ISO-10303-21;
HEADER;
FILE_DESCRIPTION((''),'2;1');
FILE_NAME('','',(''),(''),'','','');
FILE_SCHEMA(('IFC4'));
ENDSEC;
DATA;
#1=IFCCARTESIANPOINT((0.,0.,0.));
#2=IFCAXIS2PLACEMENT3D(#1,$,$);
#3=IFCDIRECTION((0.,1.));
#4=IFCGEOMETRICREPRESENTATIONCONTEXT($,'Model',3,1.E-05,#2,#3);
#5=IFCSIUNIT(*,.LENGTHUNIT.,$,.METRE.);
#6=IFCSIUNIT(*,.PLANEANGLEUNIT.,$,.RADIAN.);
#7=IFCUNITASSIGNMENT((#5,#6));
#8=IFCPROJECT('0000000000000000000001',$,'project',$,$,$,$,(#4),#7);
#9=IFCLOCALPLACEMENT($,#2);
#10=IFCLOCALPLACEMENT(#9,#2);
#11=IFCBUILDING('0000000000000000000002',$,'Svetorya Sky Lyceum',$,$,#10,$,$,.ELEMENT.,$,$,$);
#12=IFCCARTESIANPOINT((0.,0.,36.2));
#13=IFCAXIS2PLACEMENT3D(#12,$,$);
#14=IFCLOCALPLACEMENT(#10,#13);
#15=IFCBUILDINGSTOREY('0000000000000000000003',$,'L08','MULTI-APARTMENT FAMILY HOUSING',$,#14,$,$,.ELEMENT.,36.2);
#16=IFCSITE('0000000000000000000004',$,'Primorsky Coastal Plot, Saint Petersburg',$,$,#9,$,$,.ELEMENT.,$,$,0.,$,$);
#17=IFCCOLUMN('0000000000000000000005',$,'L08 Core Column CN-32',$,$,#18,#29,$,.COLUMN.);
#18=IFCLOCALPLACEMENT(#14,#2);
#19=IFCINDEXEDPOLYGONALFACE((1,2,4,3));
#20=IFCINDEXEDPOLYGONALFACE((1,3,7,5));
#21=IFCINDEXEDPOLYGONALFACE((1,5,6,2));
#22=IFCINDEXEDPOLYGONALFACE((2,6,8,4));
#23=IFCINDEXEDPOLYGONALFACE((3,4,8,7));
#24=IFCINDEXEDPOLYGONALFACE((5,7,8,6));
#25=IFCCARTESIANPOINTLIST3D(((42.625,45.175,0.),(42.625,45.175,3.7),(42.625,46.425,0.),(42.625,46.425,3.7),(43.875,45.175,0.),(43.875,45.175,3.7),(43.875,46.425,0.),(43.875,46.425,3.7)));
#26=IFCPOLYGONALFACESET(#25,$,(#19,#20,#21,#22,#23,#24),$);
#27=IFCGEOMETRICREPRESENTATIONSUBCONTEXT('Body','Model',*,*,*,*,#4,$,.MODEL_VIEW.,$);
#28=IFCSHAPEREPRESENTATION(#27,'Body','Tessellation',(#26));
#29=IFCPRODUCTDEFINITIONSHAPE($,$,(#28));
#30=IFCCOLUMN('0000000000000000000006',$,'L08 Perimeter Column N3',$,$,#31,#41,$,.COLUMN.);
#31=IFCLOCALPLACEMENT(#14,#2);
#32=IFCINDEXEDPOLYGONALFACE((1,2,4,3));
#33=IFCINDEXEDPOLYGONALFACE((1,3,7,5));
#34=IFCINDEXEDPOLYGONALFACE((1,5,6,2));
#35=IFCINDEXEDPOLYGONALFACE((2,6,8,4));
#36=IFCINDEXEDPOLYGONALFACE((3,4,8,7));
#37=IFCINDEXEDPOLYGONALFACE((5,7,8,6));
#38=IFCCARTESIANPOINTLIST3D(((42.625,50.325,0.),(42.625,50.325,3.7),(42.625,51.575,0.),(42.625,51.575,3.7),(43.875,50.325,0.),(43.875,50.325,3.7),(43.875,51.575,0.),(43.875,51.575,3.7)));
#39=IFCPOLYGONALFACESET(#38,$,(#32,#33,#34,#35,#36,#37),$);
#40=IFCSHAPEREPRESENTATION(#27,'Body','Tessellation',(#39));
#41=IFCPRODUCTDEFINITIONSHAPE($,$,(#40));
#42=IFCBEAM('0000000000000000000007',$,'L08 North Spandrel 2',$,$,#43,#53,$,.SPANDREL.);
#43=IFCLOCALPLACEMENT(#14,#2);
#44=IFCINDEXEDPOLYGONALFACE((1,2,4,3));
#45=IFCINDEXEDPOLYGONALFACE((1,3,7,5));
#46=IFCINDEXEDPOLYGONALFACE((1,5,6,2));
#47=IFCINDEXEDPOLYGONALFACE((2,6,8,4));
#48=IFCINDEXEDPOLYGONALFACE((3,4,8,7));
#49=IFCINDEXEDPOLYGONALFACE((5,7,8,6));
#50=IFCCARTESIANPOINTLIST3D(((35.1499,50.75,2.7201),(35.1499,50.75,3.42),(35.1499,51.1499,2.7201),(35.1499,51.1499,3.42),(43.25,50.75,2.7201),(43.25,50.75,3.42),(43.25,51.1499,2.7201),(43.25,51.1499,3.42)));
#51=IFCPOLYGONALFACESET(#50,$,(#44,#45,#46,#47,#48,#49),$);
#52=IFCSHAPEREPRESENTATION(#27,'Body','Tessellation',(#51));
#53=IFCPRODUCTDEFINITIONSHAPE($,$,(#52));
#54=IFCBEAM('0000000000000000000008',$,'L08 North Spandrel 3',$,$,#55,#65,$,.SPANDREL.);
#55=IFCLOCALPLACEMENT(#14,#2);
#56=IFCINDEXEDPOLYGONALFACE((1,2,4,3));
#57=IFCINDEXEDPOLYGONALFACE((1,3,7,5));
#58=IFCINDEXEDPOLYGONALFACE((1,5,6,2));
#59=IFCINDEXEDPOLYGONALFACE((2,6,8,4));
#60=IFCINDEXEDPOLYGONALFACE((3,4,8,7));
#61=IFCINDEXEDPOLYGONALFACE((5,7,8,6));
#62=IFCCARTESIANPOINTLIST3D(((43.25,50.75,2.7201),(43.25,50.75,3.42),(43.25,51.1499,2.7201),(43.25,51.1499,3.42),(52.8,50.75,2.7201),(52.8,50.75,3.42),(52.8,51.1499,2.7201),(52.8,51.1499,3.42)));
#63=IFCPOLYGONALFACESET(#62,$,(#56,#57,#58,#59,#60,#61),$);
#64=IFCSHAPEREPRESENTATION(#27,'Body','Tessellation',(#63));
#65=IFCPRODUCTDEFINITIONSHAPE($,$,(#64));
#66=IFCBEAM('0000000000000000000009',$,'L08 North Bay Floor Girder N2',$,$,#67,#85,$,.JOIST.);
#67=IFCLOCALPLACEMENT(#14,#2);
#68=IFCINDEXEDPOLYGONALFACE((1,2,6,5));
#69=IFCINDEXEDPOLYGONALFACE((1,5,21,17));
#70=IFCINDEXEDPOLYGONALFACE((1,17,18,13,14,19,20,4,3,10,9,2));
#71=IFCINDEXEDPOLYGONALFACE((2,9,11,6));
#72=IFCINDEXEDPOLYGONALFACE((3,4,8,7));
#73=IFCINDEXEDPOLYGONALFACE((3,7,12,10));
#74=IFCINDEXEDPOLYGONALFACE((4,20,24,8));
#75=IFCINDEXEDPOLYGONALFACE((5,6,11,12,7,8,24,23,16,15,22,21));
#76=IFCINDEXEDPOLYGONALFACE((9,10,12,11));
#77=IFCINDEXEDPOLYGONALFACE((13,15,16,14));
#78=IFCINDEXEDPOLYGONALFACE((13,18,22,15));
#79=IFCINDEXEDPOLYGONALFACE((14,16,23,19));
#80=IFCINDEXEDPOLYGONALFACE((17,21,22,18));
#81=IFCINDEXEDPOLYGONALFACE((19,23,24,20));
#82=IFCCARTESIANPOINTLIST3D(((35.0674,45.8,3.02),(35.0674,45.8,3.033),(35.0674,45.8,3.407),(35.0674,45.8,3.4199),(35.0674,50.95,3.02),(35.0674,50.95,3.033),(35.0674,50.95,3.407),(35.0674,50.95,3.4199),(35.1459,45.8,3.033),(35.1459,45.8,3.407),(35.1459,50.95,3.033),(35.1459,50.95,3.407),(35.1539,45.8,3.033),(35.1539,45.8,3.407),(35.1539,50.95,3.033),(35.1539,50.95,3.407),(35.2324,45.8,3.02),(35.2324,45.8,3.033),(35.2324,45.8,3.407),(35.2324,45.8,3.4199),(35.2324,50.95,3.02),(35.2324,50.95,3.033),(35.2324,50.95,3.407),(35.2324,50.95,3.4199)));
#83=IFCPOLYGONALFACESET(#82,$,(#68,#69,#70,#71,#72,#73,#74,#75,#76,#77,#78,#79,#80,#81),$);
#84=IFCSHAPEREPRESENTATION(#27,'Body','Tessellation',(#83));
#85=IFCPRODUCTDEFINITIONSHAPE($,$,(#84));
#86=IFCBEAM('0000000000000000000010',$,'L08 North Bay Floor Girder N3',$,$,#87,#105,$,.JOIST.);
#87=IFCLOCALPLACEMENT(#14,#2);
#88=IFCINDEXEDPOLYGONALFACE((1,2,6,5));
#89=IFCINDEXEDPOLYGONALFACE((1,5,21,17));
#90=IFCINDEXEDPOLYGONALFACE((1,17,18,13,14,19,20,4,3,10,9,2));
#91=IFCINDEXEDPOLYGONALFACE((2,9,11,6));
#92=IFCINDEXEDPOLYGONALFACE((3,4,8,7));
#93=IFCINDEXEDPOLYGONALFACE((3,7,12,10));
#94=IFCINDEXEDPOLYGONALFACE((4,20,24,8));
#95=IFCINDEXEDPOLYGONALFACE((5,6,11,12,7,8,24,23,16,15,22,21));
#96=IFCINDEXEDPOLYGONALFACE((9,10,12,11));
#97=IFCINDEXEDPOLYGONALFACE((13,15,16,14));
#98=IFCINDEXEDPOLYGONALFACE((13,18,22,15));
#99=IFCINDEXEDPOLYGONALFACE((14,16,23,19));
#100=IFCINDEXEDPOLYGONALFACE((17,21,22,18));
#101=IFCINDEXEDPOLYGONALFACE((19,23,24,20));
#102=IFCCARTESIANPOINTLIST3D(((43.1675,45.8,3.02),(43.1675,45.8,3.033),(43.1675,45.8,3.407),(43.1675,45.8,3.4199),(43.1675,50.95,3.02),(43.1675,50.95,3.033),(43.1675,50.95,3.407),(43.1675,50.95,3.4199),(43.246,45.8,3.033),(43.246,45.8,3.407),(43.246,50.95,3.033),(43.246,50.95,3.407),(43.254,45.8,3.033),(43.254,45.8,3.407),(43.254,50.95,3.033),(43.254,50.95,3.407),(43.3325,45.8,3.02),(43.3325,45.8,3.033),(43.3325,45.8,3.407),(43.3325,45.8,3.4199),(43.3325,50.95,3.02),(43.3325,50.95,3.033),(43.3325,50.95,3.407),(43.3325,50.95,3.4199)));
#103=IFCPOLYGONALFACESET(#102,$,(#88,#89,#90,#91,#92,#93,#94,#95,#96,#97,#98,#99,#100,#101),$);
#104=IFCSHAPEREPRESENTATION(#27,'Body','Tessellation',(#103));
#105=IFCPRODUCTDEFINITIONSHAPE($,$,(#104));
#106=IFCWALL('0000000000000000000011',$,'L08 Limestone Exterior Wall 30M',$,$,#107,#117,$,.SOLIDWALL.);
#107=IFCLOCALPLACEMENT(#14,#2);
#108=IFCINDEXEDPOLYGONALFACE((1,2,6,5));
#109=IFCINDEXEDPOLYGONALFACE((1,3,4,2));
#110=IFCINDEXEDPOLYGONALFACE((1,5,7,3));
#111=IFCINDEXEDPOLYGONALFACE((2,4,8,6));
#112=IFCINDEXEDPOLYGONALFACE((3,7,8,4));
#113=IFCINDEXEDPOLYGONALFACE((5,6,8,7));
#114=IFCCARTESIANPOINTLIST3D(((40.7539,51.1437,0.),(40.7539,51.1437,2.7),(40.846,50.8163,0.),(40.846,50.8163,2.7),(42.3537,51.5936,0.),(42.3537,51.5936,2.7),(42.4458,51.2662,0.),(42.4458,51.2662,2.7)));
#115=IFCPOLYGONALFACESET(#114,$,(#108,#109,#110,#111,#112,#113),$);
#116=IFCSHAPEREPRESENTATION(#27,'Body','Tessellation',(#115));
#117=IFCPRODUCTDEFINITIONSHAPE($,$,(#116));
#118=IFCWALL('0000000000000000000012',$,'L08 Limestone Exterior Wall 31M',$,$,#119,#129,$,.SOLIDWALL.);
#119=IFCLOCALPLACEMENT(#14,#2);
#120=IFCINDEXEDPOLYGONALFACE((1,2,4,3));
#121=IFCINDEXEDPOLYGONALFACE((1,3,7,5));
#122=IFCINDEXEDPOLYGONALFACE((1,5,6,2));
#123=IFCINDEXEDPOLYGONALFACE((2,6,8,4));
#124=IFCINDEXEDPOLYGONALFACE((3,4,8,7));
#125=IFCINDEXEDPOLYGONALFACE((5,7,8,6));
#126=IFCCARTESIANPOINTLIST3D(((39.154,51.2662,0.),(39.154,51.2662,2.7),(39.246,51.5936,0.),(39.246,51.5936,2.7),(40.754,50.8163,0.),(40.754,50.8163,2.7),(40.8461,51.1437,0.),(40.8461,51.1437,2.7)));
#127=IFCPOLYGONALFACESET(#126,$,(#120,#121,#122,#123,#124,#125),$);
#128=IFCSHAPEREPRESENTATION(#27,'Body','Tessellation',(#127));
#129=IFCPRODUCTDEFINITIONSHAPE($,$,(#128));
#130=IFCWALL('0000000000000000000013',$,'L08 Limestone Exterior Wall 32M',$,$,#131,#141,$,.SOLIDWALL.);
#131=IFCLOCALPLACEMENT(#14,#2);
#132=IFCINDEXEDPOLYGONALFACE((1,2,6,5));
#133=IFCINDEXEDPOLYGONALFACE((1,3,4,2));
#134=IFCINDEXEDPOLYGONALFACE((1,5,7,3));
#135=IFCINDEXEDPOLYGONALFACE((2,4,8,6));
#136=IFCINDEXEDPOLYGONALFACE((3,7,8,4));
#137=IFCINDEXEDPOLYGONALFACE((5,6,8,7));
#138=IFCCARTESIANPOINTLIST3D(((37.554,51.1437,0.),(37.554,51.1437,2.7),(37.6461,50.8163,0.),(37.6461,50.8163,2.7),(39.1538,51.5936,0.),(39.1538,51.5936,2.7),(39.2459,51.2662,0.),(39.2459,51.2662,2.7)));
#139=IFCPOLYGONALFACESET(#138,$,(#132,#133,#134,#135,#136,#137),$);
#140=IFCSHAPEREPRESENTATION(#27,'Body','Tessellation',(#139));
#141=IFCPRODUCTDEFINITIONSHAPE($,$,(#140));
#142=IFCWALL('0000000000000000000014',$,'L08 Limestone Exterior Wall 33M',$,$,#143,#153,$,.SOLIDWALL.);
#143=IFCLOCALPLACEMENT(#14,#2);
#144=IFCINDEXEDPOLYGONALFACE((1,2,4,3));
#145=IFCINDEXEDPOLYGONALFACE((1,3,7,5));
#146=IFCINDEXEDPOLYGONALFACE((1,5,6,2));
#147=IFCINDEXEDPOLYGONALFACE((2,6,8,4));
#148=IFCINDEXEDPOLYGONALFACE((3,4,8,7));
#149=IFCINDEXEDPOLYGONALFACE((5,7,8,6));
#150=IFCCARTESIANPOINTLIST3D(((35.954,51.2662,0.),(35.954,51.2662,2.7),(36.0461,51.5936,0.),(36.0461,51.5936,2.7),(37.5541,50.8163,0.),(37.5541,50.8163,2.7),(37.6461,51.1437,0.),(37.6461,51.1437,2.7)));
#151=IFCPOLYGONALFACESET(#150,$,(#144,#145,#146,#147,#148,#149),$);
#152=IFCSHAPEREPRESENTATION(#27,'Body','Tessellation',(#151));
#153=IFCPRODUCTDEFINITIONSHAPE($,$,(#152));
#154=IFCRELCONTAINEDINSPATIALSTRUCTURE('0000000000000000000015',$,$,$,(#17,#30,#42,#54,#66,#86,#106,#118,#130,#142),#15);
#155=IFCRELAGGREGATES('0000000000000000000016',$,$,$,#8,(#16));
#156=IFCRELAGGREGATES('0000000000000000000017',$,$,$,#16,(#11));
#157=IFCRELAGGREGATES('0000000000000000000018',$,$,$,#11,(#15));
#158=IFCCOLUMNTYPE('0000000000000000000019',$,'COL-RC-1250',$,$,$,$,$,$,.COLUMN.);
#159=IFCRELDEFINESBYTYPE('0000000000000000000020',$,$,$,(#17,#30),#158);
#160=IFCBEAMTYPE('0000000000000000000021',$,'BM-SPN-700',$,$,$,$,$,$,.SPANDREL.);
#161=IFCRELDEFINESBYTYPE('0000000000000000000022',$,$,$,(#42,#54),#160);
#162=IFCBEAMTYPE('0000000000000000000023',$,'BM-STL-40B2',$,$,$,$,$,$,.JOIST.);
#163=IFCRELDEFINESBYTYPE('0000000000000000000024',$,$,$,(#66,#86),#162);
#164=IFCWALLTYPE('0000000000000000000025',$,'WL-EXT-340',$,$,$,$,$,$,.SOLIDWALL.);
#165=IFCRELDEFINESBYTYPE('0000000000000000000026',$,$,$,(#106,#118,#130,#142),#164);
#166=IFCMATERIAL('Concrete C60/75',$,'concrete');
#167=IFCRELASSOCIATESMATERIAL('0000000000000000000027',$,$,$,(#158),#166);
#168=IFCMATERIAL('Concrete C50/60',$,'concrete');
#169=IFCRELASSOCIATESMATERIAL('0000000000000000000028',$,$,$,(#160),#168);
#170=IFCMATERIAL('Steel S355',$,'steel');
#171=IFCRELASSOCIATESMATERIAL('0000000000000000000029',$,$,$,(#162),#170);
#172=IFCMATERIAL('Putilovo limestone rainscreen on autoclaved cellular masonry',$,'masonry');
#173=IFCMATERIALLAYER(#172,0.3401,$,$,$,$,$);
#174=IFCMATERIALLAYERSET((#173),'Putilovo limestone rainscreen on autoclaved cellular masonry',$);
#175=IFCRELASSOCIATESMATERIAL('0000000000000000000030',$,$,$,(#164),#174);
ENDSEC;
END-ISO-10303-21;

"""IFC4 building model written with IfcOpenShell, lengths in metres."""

from ifc_helpers import new_model, si_unit, direction, frame, frame_2d, origin, origin_2d, place, context, subcontext, project, spatial, rectangle, i_section, extrude, material, layer, layer_set, material_profile, profile_set, type_object, element, save


model = new_model("IFC4")

# Units and contexts
model_context = context("Model", 3, precision=1e-05, world=origin(), true_north=direction((0.0, 1.0)))
body_context = subcontext(model_context, "Body", "Model", "MODEL_VIEW")
ifc_project = project(units=[si_unit("LENGTHUNIT", "METRE"), si_unit("PLANEANGLEUNIT", "RADIAN")], contexts=[model_context])

# Site, building, storey
site_placement = place(None, origin())
site = spatial("IfcSite", under=ifc_project, at=site_placement, Name="Primorsky Coastal Plot, Saint Petersburg", CompositionType="ELEMENT", RefElevation=0.0)
building_placement = place(site_placement, origin())
building = spatial("IfcBuilding", under=site, at=building_placement, Name="Svetorya Sky Lyceum", CompositionType="ELEMENT")
storey_placement = place(building_placement, frame((0.0, 0.0, 36.2)))
storey = spatial("IfcBuildingStorey", under=building, at=storey_placement, Name="L08", Description="MULTI-APARTMENT FAMILY HOUSING", CompositionType="ELEMENT", Elevation=36.2)

# Columns
ifc_material_1 = material(Name="Concrete C60/75", Category="concrete")
ifc_material_profile_1 = material_profile(ifc_material_1, rectangle(XDim=1.25, YDim=1.25, at=origin_2d()), Name="RC COL 1250x1250")
ifc_profile_set_1 = profile_set([ifc_material_profile_1], Name="Concrete C60/75")
column_type = type_object("IfcColumnType", Name="COL-RC-1250", PredefinedType="COLUMN", material=ifc_profile_set_1)
for number, where, z_axis, x_axis, name in (
    (1, (43.25, 45.8, 0.0), (0.0, 0.0, 1.0), (1.0, 0.0, 0.0), "L08 Core Column CN-32"),
    (2, (43.25, 50.95, 0.0), (0.0, 0.0, 1.0), (1.0, 0.0, 0.0), "L08 Perimeter Column N3"),
):
    element("IfcColumn", number, at=place(storey_placement, frame(where, z_axis=z_axis, x_axis=x_axis)), inside=storey, type_object=column_type, Name=name, PredefinedType="COLUMN", context=body_context, shape_type="SweptSolid", body=[
        extrude(rectangle(XDim=1.25, YDim=1.25, at=origin_2d()), origin(), (0.0, 0.0, 1.0), 3.7),
    ])

# Beams
ifc_material_2 = material(Name="Concrete C50/60", Category="concrete")
ifc_material_profile_2 = material_profile(ifc_material_2, rectangle(XDim=0.3999, YDim=0.7, at=origin_2d()), Name="RC SPANDREL 400x700")
ifc_profile_set_2 = profile_set([ifc_material_profile_2], Name="Concrete C50/60")
beam_type_1 = type_object("IfcBeamType", Name="BM-SPN-700", PredefinedType="SPANDREL", material=ifc_profile_set_2)
beam_1_placement = place(storey_placement, frame((35.1499, 50.95, 3.0701), z_axis=(1.0, 0.0, 0.0), x_axis=(0.0, 1.0, 0.0)))
element("IfcBeam", 3, at=beam_1_placement, inside=storey, type_object=beam_type_1, Name="L08 North Spandrel 2", PredefinedType="SPANDREL", context=body_context, shape_type="SweptSolid", body=[
    extrude(rectangle(XDim=0.3999, YDim=0.7, at=origin_2d()), origin(), (0.0, 0.0, 1.0), 8.1001),
])
beam_2_placement = place(storey_placement, frame((43.25, 50.95, 3.0701), z_axis=(1.0, 0.0, 0.0), x_axis=(0.0, 1.0, 0.0)))
element("IfcBeam", 4, at=beam_2_placement, inside=storey, type_object=beam_type_1, Name="L08 North Spandrel 3", PredefinedType="SPANDREL", context=body_context, shape_type="SweptSolid", body=[
    extrude(rectangle(XDim=0.3999, YDim=0.7, at=origin_2d()), origin(), (0.0, 0.0, 1.0), 9.55),
])
ifc_material_3 = material(Name="Steel S355", Category="steel")
ifc_material_profile_3 = material_profile(ifc_material_3, i_section(OverallWidth=0.165, OverallDepth=0.3999, WebThickness=0.0081, FlangeThickness=0.0129, at=origin_2d()), Name="GOST 40B2")
ifc_profile_set_3 = profile_set([ifc_material_profile_3], Name="Steel S355")
beam_type_2 = type_object("IfcBeamType", Name="BM-STL-40B2", PredefinedType="JOIST", material=ifc_profile_set_3)
for number, where, z_axis, x_axis, name in (
    (5, (35.1499, 45.8, 3.22), (0.0, 1.0, 0.0), (-1.0, 0.0, 0.0), "L08 North Bay Floor Girder N2"),
    (6, (43.25, 45.8, 3.22), (0.0, 1.0, 0.0), (-1.0, 0.0, 0.0), "L08 North Bay Floor Girder N3"),
):
    element("IfcBeam", number, at=place(storey_placement, frame(where, z_axis=z_axis, x_axis=x_axis)), inside=storey, type_object=beam_type_2, Name=name, PredefinedType="JOIST", context=body_context, shape_type="SweptSolid", body=[
        extrude(i_section(OverallWidth=0.165, OverallDepth=0.3999, WebThickness=0.0081, FlangeThickness=0.0129, at=origin_2d()), origin(), (0.0, 0.0, 1.0), 5.1499),
    ])

# Walls
ifc_material_4 = material(Name="Putilovo limestone rainscreen on autoclaved cellular masonry", Category="masonry")
ifc_layer_1 = layer(ifc_material_4, 0.3401)
ifc_layer_set_1 = layer_set([ifc_layer_1], Name="Putilovo limestone rainscreen on autoclaved cellular masonry")
wall_type_1 = type_object("IfcWallType", Name="WL-EXT-340", PredefinedType="SOLIDWALL", material=ifc_layer_set_1)
wall_1_placement = place(storey_placement, frame((42.3999, 51.4299, 0.0), z_axis=(0.0, 0.0, 1.0), x_axis=(-0.962652, -0.270741, 0.0)))
element("IfcWall", 7, at=wall_1_placement, inside=storey, type_object=wall_type_1, Name="L08 Limestone Exterior Wall 30M", PredefinedType="SOLIDWALL", context=body_context, shape_type="SweptSolid", body=[
    extrude(rectangle(XDim=1.6619, YDim=0.3401, at=frame_2d((0.8311, 0.0))), origin(), (0.0, 0.0, 1.0), 2.7),
])
wall_2_placement = place(storey_placement, frame((40.8, 50.98, 0.0), z_axis=(0.0, 0.0, 1.0), x_axis=(-0.962663, 0.270703, 0.0)))
element("IfcWall", 8, at=wall_2_placement, inside=storey, type_object=wall_type_1, Name="L08 Limestone Exterior Wall 31M", PredefinedType="SOLIDWALL", context=body_context, shape_type="SweptSolid", body=[
    extrude(rectangle(XDim=1.6621, YDim=0.3401, at=frame_2d((0.8311, 0.0))), origin(), (0.0, 0.0, 1.0), 2.7),
])
wall_3_placement = place(storey_placement, frame((39.2, 51.4299, 0.0), z_axis=(0.0, 0.0, 1.0), x_axis=(-0.962652, -0.270741, 0.0)))
element("IfcWall", 9, at=wall_3_placement, inside=storey, type_object=wall_type_1, Name="L08 Limestone Exterior Wall 32M", PredefinedType="SOLIDWALL", context=body_context, shape_type="SweptSolid", body=[
    extrude(rectangle(XDim=1.6619, YDim=0.3401, at=frame_2d((0.8311, 0.0))), origin(), (0.0, 0.0, 1.0), 2.7),
])
wall_4_placement = place(storey_placement, frame((37.6001, 50.98, 0.0), z_axis=(0.0, 0.0, 1.0), x_axis=(-0.962663, 0.270703, 0.0)))
element("IfcWall", 10, at=wall_4_placement, inside=storey, type_object=wall_type_1, Name="L08 Limestone Exterior Wall 33M", PredefinedType="SOLIDWALL", context=body_context, shape_type="SweptSolid", body=[
    extrude(rectangle(XDim=1.6621, YDim=0.3401, at=frame_2d((0.8311, 0.0))), origin(), (0.0, 0.0, 1.0), 2.7),
])

save(model, "model.ifc")
